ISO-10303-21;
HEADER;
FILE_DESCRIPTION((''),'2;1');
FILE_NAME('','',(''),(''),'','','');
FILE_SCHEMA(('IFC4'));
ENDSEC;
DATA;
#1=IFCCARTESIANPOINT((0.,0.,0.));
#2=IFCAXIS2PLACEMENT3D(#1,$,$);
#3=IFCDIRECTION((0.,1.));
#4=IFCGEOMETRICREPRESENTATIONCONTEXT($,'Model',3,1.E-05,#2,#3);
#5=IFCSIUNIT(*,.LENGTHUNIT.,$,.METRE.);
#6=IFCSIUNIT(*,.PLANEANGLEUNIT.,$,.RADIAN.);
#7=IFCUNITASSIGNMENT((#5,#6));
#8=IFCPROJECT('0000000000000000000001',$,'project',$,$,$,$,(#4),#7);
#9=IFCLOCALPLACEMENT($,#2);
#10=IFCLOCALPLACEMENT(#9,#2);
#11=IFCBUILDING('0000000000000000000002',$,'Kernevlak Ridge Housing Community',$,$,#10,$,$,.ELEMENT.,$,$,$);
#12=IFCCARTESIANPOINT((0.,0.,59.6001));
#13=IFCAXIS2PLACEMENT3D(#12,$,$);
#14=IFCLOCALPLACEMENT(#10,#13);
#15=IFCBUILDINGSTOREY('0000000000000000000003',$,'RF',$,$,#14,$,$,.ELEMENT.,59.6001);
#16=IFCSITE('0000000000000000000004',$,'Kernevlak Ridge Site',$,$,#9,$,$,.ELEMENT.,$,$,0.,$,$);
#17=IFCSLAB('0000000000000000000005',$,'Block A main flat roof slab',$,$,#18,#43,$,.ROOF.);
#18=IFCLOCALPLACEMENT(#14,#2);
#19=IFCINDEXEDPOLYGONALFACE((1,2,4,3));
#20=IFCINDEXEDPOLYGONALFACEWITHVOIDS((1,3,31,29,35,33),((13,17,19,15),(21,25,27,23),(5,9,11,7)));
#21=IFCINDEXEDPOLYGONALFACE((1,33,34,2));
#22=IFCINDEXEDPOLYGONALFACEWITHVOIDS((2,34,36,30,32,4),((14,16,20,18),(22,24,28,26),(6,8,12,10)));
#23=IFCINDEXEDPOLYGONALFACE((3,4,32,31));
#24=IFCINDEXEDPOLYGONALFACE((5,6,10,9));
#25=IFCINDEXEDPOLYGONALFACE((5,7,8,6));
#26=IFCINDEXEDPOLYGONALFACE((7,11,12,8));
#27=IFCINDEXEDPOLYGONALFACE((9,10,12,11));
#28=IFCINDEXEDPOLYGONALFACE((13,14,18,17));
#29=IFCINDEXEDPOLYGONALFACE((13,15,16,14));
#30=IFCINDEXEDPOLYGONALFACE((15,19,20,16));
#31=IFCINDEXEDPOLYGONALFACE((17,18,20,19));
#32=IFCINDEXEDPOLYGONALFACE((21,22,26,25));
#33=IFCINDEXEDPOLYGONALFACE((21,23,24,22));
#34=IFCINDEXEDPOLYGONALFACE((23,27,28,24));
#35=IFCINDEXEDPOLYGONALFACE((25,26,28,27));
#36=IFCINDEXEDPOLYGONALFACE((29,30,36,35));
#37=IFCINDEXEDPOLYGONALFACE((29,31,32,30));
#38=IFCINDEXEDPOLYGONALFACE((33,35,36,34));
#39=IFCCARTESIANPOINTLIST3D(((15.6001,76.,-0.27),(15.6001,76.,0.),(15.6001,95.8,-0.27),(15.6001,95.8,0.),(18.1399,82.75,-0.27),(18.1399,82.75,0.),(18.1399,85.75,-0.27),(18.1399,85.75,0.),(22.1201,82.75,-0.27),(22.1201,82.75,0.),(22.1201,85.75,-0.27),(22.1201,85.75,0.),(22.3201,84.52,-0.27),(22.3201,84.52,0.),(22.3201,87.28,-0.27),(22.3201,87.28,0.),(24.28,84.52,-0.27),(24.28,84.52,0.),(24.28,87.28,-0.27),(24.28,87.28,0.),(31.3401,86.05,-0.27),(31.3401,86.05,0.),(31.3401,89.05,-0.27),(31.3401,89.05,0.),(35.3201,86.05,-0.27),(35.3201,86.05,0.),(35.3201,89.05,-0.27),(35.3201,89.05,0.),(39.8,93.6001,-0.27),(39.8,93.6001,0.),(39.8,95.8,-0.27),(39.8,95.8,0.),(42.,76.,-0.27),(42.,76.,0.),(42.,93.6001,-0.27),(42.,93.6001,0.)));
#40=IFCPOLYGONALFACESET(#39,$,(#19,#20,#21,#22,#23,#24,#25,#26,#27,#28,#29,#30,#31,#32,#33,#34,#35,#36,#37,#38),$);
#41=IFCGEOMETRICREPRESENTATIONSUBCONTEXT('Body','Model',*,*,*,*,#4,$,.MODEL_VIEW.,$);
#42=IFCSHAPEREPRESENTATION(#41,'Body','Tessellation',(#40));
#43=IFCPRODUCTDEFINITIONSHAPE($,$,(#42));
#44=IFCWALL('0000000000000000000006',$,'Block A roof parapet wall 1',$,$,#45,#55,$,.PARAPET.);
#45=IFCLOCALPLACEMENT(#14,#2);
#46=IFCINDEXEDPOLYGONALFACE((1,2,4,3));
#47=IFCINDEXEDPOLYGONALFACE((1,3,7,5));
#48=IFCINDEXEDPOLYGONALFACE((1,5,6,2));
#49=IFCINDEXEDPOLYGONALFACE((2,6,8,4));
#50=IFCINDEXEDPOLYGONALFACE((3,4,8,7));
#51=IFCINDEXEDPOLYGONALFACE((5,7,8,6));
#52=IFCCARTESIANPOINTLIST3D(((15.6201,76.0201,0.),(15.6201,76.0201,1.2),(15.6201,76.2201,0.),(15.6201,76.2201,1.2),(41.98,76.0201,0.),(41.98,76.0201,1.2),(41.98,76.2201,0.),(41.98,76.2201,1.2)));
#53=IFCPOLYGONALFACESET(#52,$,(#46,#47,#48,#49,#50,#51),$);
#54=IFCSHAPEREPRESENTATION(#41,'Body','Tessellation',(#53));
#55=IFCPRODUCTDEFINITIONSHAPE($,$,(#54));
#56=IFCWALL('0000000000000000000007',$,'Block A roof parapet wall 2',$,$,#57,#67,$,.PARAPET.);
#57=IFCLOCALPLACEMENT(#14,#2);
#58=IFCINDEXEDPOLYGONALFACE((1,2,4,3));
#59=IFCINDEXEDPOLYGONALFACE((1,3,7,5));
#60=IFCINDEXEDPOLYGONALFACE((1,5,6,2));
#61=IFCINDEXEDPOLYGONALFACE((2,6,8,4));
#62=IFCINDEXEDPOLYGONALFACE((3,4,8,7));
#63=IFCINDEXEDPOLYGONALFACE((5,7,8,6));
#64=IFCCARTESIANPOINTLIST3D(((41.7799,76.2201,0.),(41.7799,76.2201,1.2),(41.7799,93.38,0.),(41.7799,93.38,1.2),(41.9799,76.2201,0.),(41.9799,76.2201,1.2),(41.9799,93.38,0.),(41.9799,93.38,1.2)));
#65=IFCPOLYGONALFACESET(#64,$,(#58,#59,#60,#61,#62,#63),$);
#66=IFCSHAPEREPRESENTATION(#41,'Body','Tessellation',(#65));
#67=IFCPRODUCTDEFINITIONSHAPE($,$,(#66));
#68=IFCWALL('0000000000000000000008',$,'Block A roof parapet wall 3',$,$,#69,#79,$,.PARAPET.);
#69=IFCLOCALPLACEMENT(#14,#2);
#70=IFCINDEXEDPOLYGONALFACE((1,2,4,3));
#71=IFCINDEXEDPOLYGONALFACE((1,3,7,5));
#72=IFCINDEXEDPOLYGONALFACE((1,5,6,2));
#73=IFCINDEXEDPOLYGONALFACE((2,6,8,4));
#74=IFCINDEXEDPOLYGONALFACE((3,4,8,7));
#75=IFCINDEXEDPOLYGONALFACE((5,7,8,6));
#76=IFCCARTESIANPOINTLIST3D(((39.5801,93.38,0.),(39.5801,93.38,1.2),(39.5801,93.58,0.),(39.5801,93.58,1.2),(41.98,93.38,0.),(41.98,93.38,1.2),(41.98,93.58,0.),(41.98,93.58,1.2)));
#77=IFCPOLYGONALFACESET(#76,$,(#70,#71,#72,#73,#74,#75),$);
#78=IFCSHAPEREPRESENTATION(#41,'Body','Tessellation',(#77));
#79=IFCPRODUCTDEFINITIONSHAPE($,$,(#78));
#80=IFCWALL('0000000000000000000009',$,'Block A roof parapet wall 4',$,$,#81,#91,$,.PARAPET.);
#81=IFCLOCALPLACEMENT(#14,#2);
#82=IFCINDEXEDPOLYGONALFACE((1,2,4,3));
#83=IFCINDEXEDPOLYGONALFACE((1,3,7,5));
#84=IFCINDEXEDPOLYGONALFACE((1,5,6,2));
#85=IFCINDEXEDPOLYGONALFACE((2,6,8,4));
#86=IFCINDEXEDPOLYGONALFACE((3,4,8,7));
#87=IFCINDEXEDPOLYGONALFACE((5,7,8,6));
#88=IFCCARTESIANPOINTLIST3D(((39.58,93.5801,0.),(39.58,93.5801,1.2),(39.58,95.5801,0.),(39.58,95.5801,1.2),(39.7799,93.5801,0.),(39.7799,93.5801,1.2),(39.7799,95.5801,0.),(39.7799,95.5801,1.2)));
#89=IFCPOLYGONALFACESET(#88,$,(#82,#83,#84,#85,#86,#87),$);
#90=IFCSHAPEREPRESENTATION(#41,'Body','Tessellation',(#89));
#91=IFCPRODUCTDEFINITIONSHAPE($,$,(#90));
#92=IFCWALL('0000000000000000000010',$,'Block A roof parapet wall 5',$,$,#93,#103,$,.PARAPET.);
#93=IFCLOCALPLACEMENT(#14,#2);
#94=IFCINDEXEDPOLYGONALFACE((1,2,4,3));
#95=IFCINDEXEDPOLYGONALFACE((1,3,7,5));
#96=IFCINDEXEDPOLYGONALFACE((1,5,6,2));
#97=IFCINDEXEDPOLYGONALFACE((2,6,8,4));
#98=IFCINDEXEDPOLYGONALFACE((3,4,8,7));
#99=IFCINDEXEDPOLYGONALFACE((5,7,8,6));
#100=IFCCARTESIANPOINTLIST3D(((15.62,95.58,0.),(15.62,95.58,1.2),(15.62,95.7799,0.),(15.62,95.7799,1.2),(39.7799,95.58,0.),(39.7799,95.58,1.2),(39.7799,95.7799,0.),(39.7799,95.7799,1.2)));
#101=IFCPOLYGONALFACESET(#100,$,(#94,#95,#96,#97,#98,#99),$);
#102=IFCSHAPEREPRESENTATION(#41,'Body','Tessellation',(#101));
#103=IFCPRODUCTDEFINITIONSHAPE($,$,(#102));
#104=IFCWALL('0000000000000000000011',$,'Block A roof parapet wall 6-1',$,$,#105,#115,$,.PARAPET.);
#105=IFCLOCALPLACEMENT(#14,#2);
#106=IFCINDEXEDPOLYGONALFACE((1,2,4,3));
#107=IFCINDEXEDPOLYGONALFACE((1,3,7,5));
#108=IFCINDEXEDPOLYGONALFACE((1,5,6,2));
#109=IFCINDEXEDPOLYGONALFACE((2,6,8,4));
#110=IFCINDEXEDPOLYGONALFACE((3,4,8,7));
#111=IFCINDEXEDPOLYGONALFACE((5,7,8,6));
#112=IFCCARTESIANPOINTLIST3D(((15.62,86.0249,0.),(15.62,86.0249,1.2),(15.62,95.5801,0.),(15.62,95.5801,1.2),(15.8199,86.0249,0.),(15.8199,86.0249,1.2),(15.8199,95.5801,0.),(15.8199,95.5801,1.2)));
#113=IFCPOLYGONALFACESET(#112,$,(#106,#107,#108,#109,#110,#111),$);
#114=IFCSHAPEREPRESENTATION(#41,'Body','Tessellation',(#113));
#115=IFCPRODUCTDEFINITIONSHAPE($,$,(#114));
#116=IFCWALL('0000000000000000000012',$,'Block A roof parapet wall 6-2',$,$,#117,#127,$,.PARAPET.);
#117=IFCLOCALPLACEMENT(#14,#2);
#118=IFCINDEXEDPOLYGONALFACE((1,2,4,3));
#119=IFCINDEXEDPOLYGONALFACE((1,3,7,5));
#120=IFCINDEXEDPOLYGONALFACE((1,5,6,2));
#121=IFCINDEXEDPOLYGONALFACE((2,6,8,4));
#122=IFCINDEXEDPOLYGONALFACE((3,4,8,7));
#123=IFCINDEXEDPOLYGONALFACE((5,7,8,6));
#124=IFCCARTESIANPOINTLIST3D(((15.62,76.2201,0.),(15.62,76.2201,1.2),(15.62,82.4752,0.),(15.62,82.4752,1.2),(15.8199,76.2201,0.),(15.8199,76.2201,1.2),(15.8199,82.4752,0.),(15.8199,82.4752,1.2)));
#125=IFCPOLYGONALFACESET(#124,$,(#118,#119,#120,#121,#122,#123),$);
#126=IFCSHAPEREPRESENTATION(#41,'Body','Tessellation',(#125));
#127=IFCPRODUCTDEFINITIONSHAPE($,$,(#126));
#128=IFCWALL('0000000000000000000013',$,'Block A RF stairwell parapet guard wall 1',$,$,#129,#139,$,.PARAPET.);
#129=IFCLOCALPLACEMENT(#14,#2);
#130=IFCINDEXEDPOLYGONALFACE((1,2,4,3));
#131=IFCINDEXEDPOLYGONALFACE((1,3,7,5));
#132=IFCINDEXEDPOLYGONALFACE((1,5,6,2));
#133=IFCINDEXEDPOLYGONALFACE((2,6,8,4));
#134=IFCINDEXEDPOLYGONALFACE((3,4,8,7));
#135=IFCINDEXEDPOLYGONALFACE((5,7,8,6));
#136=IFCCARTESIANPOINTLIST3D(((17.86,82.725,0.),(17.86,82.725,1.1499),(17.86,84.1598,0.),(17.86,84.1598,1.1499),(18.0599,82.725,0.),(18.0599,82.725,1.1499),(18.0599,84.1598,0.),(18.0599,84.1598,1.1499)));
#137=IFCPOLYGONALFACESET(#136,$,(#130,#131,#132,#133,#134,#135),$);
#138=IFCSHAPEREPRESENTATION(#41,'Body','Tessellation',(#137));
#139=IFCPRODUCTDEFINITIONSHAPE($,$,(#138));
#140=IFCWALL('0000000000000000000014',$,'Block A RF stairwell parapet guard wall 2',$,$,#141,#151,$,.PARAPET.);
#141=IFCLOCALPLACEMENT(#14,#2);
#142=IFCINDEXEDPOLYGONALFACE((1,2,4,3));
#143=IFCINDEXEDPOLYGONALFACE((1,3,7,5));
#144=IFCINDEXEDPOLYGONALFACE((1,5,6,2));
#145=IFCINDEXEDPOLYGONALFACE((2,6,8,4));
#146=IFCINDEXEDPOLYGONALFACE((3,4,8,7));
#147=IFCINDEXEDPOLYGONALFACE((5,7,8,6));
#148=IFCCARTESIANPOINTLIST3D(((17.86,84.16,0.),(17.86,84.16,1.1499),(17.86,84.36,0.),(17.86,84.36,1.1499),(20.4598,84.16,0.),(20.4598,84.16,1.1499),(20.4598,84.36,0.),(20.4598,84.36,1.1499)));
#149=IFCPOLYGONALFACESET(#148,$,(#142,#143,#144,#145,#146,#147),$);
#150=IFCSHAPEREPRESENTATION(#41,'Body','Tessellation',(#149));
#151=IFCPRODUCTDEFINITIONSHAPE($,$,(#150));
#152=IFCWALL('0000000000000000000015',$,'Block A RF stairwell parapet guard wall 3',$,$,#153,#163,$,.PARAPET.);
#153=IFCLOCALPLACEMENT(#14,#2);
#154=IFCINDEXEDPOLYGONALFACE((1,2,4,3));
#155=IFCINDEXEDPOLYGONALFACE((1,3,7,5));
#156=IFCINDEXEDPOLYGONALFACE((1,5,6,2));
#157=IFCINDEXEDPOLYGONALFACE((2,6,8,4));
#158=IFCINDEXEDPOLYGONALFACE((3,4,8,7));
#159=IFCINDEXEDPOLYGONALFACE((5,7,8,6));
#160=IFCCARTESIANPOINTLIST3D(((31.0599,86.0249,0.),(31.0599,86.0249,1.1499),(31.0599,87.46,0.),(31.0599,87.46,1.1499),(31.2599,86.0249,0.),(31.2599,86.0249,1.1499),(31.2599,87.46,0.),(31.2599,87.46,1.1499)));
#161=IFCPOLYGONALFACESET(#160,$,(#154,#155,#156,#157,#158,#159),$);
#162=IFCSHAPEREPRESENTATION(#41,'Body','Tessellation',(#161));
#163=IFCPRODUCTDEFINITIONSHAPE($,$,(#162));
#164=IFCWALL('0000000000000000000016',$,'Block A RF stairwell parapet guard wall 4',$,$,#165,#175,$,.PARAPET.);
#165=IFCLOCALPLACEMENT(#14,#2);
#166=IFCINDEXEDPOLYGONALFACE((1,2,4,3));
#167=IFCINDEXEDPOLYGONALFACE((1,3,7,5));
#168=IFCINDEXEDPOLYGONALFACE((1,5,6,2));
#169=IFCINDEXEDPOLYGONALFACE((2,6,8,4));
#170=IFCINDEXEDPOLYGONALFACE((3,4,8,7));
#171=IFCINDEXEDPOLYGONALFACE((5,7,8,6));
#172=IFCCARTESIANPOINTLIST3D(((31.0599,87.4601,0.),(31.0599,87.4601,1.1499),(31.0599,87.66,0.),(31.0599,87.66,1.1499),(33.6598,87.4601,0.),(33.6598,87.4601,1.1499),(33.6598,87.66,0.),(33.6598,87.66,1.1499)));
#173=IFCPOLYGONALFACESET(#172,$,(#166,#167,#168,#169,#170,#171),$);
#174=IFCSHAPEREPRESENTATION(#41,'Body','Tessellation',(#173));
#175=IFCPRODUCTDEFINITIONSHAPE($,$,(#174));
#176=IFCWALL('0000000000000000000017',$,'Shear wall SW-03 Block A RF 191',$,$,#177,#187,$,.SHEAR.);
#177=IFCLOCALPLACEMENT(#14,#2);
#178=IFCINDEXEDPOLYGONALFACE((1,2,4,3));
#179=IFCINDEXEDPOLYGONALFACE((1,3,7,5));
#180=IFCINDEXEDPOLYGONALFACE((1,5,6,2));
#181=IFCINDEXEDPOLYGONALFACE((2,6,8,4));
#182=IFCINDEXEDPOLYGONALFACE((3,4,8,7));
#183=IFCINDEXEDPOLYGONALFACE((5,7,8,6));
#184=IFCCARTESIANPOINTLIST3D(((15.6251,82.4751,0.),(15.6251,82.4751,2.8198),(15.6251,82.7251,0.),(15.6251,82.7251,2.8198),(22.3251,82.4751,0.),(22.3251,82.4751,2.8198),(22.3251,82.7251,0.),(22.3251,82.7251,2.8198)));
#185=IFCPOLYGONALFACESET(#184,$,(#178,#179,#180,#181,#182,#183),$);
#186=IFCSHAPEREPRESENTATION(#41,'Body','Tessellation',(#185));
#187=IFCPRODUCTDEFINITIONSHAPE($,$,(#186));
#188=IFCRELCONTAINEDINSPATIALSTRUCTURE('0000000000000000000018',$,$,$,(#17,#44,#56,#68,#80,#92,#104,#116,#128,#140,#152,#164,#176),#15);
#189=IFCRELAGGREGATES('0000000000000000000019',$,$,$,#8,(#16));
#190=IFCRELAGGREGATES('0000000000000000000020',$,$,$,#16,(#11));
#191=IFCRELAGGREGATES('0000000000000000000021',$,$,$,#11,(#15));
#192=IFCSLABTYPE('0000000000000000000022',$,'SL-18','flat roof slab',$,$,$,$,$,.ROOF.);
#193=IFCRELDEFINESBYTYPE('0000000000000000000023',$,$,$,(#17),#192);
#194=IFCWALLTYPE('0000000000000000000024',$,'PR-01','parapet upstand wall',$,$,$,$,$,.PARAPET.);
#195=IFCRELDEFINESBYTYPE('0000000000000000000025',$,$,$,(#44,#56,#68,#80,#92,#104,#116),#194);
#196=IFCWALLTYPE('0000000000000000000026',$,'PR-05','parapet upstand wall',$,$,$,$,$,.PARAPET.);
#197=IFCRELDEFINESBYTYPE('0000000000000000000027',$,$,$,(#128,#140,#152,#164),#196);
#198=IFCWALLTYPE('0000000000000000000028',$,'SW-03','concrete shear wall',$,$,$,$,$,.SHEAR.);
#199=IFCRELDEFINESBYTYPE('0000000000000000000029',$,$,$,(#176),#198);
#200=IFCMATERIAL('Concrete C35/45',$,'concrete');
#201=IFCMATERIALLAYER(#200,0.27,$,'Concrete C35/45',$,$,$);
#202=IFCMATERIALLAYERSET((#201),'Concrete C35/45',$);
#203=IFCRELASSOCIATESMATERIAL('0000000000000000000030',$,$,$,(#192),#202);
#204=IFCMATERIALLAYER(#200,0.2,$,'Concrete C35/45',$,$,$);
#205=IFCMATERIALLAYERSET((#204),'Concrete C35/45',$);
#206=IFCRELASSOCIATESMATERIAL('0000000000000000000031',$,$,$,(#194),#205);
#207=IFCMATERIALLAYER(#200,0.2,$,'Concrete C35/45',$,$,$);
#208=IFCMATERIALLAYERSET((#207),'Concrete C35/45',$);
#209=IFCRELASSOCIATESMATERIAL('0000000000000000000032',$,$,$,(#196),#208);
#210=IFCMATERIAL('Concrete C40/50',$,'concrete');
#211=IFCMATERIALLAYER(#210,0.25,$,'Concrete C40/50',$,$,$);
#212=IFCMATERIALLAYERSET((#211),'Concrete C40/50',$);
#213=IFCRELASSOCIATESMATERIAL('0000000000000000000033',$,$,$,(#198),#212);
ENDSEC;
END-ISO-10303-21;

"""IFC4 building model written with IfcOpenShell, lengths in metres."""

from ifc_helpers import new_model, si_unit, direction, frame, frame_2d, origin, place, context, subcontext, project, spatial, polyline, rectangle, outline, extrude, material, layer, layer_set, type_object, element, save


model = new_model("IFC4")

# Units and contexts
model_context = context("Model", 3, precision=1e-05, world=origin(), true_north=direction((0.0, 1.0)))
body_context = subcontext(model_context, "Body", "Model", "MODEL_VIEW")
ifc_project = project(units=[si_unit("LENGTHUNIT", "METRE"), si_unit("PLANEANGLEUNIT", "RADIAN")], contexts=[model_context])

# Site, building, storey
site_placement = place(None, origin())
site = spatial("IfcSite", under=ifc_project, at=site_placement, Name="Kernevlak Ridge Site", CompositionType="ELEMENT", RefElevation=0.0)
building_placement = place(site_placement, origin())
building = spatial("IfcBuilding", under=site, at=building_placement, Name="Kernevlak Ridge Housing Community", CompositionType="ELEMENT")
storey_placement = place(building_placement, frame((0.0, 0.0, 59.6001)))
storey = spatial("IfcBuildingStorey", under=building, at=storey_placement, Name="RF", CompositionType="ELEMENT", Elevation=59.6001)

# Slab
ifc_material_1 = material(Name="Concrete C35/45", Category="concrete")
ifc_layer_1 = layer(ifc_material_1, 0.27, Name="Concrete C35/45")
ifc_layer_set_1 = layer_set([ifc_layer_1], Name="Concrete C35/45")
slab_type = type_object("IfcSlabType", Name="SL-18", Description="flat roof slab", PredefinedType="ROOF", material=ifc_layer_set_1)
slab_placement = place(storey_placement, frame((0.0, 0.0, -0.27)))
element("IfcSlab", 1, at=slab_placement, inside=storey, type_object=slab_type, Name="Block A main flat roof slab", PredefinedType="ROOF", context=body_context, shape_type="SweptSolid", body=[
    extrude(outline(polyline([(15.6001, 76.0), (42.0, 76.0), (42.0, 93.6001), (39.8, 93.6001), (39.8, 95.8), (15.6001, 95.8), (15.6001, 76.0)]), holes=[polyline([(18.1399, 85.75), (22.1201, 85.75), (22.1201, 82.75), (18.1399, 82.75), (18.1399, 85.75)]), polyline([(31.3401, 89.05), (35.3201, 89.05), (35.3201, 86.05), (31.3401, 86.05), (31.3401, 89.05)]), polyline([(22.3201, 87.28), (24.28, 87.28), (24.28, 84.52), (22.3201, 84.52), (22.3201, 87.28)])]), origin(), (0.0, 0.0, 1.0), 0.27),
])

# Walls
ifc_layer_2 = layer(ifc_material_1, 0.2, Name="Concrete C35/45")
ifc_layer_set_2 = layer_set([ifc_layer_2], Name="Concrete C35/45")
wall_type_1 = type_object("IfcWallType", Name="PR-01", Description="parapet upstand wall", PredefinedType="PARAPET", material=ifc_layer_set_2)
wall_1_placement = place(storey_placement, frame((15.6201, 76.1201, 0.0), z_axis=(0.0, 0.0, 1.0), x_axis=(1.0, 0.0, 0.0)))
element("IfcWall", 2, at=wall_1_placement, inside=storey, type_object=wall_type_1, Name="Block A roof parapet wall 1", PredefinedType="PARAPET", context=body_context, shape_type="SweptSolid", body=[
    extrude(rectangle(XDim=26.3599, YDim=0.2, at=frame_2d((13.1799, 0.0))), origin(), (0.0, 0.0, 1.0), 1.2),
])
wall_2_placement = place(storey_placement, frame((41.8799, 76.22, 0.0), z_axis=(0.0, 0.0, 1.0), x_axis=(0.0, 1.0, 0.0)))
element("IfcWall", 3, at=wall_2_placement, inside=storey, type_object=wall_type_1, Name="Block A roof parapet wall 2", PredefinedType="PARAPET", context=body_context, shape_type="SweptSolid", body=[
    extrude(rectangle(XDim=17.1599, YDim=0.2, at=frame_2d((8.5801, 0.0))), origin(), (0.0, 0.0, 1.0), 1.2),
])
wall_3_placement = place(storey_placement, frame((41.98, 93.48, 0.0), z_axis=(0.0, 0.0, 1.0), x_axis=(-1.0, 0.0, 0.0)))
element("IfcWall", 4, at=wall_3_placement, inside=storey, type_object=wall_type_1, Name="Block A roof parapet wall 3", PredefinedType="PARAPET", context=body_context, shape_type="SweptSolid", body=[
    extrude(rectangle(XDim=2.3999, YDim=0.2, at=frame_2d((1.2, 0.0))), origin(), (0.0, 0.0, 1.0), 1.2),
])
wall_4_placement = place(storey_placement, frame((39.6799, 93.5801, 0.0), z_axis=(0.0, 0.0, 1.0), x_axis=(0.0, 1.0, 0.0)))
element("IfcWall", 5, at=wall_4_placement, inside=storey, type_object=wall_type_1, Name="Block A roof parapet wall 4", PredefinedType="PARAPET", context=body_context, shape_type="SweptSolid", body=[
    extrude(rectangle(XDim=2.0, YDim=0.2, at=frame_2d((1.0, 0.0))), origin(), (0.0, 0.0, 1.0), 1.2),
])
wall_5_placement = place(storey_placement, frame((39.78, 95.6799, 0.0), z_axis=(0.0, 0.0, 1.0), x_axis=(-1.0, 0.0, 0.0)))
element("IfcWall", 6, at=wall_5_placement, inside=storey, type_object=wall_type_1, Name="Block A roof parapet wall 5", PredefinedType="PARAPET", context=body_context, shape_type="SweptSolid", body=[
    extrude(rectangle(XDim=24.1599, YDim=0.2, at=frame_2d((12.0801, 0.0))), origin(), (0.0, 0.0, 1.0), 1.2),
])
wall_6_placement = place(storey_placement, frame((15.72, 95.5801, 0.0), z_axis=(0.0, 0.0, 1.0), x_axis=(0.0, -1.0, 0.0)))
element("IfcWall", 7, at=wall_6_placement, inside=storey, type_object=wall_type_1, Name="Block A roof parapet wall 6-1", PredefinedType="PARAPET", context=body_context, shape_type="SweptSolid", body=[
    extrude(rectangle(XDim=9.5552, YDim=0.2, at=frame_2d((4.7776, 0.0))), origin(), (0.0, 0.0, 1.0), 1.2),
])
wall_7_placement = place(storey_placement, frame((15.72, 82.4751, 0.0), z_axis=(0.0, 0.0, 1.0), x_axis=(0.0, -1.0, 0.0)))
element("IfcWall", 8, at=wall_7_placement, inside=storey, type_object=wall_type_1, Name="Block A roof parapet wall 6-2", PredefinedType="PARAPET", context=body_context, shape_type="SweptSolid", body=[
    extrude(rectangle(XDim=6.2551, YDim=0.2, at=frame_2d((3.1274, 0.0))), origin(), (0.0, 0.0, 1.0), 1.2),
])
ifc_layer_3 = layer(ifc_material_1, 0.2, Name="Concrete C35/45")
ifc_layer_set_3 = layer_set([ifc_layer_3], Name="Concrete C35/45")
wall_type_2 = type_object("IfcWallType", Name="PR-05", Description="parapet upstand wall", PredefinedType="PARAPET", material=ifc_layer_set_3)
wall_8_placement = place(storey_placement, frame((17.96, 82.7251, 0.0), z_axis=(0.0, 0.0, 1.0), x_axis=(0.0, 1.0, 0.0)))
element("IfcWall", 9, at=wall_8_placement, inside=storey, type_object=wall_type_2, Name="Block A RF stairwell parapet guard wall 1", PredefinedType="PARAPET", context=body_context, shape_type="SweptSolid", body=[
    extrude(rectangle(XDim=1.4348, YDim=0.2, at=frame_2d((0.7173, 0.0))), origin(), (0.0, 0.0, 1.0), 1.1499),
])
wall_9_placement = place(storey_placement, frame((17.8601, 84.26, 0.0), z_axis=(0.0, 0.0, 1.0), x_axis=(1.0, 0.0, 0.0)))
element("IfcWall", 10, at=wall_9_placement, inside=storey, type_object=wall_type_2, Name="Block A RF stairwell parapet guard wall 2", PredefinedType="PARAPET", context=body_context, shape_type="SweptSolid", body=[
    extrude(rectangle(XDim=2.5999, YDim=0.2, at=frame_2d((1.2998, 0.0))), origin(), (0.0, 0.0, 1.0), 1.1499),
])
wall_10_placement = place(storey_placement, frame((31.1599, 86.0249, 0.0), z_axis=(0.0, 0.0, 1.0), x_axis=(0.0, 1.0, 0.0)))
element("IfcWall", 11, at=wall_10_placement, inside=storey, type_object=wall_type_2, Name="Block A RF stairwell parapet guard wall 3", PredefinedType="PARAPET", context=body_context, shape_type="SweptSolid", body=[
    extrude(rectangle(XDim=1.4351, YDim=0.2, at=frame_2d((0.7175, 0.0))), origin(), (0.0, 0.0, 1.0), 1.1499),
])
wall_11_placement = place(storey_placement, frame((31.0601, 87.5601, 0.0), z_axis=(0.0, 0.0, 1.0), x_axis=(1.0, 0.0, 0.0)))
element("IfcWall", 12, at=wall_11_placement, inside=storey, type_object=wall_type_2, Name="Block A RF stairwell parapet guard wall 4", PredefinedType="PARAPET", context=body_context, shape_type="SweptSolid", body=[
    extrude(rectangle(XDim=2.5999, YDim=0.2, at=frame_2d((1.2998, 0.0))), origin(), (0.0, 0.0, 1.0), 1.1499),
])
ifc_material_2 = material(Name="Concrete C40/50", Category="concrete")
ifc_layer_4 = layer(ifc_material_2, 0.25, Name="Concrete C40/50")
ifc_layer_set_4 = layer_set([ifc_layer_4], Name="Concrete C40/50")
wall_type_3 = type_object("IfcWallType", Name="SW-03", Description="concrete shear wall", PredefinedType="SHEAR", material=ifc_layer_set_4)
wall_12_placement = place(storey_placement, frame((15.625, 82.6001, 0.0), z_axis=(0.0, 0.0, 1.0), x_axis=(1.0, 0.0, 0.0)))
element("IfcWall", 13, at=wall_12_placement, inside=storey, type_object=wall_type_3, Name="Shear wall SW-03 Block A RF 191", PredefinedType="SHEAR", context=body_context, shape_type="SweptSolid", body=[
    extrude(rectangle(XDim=6.7, YDim=0.25, at=frame_2d((3.3501, 0.0))), origin(), (0.0, 0.0, 1.0), 2.8198),
])

save(model, "model.ifc")
